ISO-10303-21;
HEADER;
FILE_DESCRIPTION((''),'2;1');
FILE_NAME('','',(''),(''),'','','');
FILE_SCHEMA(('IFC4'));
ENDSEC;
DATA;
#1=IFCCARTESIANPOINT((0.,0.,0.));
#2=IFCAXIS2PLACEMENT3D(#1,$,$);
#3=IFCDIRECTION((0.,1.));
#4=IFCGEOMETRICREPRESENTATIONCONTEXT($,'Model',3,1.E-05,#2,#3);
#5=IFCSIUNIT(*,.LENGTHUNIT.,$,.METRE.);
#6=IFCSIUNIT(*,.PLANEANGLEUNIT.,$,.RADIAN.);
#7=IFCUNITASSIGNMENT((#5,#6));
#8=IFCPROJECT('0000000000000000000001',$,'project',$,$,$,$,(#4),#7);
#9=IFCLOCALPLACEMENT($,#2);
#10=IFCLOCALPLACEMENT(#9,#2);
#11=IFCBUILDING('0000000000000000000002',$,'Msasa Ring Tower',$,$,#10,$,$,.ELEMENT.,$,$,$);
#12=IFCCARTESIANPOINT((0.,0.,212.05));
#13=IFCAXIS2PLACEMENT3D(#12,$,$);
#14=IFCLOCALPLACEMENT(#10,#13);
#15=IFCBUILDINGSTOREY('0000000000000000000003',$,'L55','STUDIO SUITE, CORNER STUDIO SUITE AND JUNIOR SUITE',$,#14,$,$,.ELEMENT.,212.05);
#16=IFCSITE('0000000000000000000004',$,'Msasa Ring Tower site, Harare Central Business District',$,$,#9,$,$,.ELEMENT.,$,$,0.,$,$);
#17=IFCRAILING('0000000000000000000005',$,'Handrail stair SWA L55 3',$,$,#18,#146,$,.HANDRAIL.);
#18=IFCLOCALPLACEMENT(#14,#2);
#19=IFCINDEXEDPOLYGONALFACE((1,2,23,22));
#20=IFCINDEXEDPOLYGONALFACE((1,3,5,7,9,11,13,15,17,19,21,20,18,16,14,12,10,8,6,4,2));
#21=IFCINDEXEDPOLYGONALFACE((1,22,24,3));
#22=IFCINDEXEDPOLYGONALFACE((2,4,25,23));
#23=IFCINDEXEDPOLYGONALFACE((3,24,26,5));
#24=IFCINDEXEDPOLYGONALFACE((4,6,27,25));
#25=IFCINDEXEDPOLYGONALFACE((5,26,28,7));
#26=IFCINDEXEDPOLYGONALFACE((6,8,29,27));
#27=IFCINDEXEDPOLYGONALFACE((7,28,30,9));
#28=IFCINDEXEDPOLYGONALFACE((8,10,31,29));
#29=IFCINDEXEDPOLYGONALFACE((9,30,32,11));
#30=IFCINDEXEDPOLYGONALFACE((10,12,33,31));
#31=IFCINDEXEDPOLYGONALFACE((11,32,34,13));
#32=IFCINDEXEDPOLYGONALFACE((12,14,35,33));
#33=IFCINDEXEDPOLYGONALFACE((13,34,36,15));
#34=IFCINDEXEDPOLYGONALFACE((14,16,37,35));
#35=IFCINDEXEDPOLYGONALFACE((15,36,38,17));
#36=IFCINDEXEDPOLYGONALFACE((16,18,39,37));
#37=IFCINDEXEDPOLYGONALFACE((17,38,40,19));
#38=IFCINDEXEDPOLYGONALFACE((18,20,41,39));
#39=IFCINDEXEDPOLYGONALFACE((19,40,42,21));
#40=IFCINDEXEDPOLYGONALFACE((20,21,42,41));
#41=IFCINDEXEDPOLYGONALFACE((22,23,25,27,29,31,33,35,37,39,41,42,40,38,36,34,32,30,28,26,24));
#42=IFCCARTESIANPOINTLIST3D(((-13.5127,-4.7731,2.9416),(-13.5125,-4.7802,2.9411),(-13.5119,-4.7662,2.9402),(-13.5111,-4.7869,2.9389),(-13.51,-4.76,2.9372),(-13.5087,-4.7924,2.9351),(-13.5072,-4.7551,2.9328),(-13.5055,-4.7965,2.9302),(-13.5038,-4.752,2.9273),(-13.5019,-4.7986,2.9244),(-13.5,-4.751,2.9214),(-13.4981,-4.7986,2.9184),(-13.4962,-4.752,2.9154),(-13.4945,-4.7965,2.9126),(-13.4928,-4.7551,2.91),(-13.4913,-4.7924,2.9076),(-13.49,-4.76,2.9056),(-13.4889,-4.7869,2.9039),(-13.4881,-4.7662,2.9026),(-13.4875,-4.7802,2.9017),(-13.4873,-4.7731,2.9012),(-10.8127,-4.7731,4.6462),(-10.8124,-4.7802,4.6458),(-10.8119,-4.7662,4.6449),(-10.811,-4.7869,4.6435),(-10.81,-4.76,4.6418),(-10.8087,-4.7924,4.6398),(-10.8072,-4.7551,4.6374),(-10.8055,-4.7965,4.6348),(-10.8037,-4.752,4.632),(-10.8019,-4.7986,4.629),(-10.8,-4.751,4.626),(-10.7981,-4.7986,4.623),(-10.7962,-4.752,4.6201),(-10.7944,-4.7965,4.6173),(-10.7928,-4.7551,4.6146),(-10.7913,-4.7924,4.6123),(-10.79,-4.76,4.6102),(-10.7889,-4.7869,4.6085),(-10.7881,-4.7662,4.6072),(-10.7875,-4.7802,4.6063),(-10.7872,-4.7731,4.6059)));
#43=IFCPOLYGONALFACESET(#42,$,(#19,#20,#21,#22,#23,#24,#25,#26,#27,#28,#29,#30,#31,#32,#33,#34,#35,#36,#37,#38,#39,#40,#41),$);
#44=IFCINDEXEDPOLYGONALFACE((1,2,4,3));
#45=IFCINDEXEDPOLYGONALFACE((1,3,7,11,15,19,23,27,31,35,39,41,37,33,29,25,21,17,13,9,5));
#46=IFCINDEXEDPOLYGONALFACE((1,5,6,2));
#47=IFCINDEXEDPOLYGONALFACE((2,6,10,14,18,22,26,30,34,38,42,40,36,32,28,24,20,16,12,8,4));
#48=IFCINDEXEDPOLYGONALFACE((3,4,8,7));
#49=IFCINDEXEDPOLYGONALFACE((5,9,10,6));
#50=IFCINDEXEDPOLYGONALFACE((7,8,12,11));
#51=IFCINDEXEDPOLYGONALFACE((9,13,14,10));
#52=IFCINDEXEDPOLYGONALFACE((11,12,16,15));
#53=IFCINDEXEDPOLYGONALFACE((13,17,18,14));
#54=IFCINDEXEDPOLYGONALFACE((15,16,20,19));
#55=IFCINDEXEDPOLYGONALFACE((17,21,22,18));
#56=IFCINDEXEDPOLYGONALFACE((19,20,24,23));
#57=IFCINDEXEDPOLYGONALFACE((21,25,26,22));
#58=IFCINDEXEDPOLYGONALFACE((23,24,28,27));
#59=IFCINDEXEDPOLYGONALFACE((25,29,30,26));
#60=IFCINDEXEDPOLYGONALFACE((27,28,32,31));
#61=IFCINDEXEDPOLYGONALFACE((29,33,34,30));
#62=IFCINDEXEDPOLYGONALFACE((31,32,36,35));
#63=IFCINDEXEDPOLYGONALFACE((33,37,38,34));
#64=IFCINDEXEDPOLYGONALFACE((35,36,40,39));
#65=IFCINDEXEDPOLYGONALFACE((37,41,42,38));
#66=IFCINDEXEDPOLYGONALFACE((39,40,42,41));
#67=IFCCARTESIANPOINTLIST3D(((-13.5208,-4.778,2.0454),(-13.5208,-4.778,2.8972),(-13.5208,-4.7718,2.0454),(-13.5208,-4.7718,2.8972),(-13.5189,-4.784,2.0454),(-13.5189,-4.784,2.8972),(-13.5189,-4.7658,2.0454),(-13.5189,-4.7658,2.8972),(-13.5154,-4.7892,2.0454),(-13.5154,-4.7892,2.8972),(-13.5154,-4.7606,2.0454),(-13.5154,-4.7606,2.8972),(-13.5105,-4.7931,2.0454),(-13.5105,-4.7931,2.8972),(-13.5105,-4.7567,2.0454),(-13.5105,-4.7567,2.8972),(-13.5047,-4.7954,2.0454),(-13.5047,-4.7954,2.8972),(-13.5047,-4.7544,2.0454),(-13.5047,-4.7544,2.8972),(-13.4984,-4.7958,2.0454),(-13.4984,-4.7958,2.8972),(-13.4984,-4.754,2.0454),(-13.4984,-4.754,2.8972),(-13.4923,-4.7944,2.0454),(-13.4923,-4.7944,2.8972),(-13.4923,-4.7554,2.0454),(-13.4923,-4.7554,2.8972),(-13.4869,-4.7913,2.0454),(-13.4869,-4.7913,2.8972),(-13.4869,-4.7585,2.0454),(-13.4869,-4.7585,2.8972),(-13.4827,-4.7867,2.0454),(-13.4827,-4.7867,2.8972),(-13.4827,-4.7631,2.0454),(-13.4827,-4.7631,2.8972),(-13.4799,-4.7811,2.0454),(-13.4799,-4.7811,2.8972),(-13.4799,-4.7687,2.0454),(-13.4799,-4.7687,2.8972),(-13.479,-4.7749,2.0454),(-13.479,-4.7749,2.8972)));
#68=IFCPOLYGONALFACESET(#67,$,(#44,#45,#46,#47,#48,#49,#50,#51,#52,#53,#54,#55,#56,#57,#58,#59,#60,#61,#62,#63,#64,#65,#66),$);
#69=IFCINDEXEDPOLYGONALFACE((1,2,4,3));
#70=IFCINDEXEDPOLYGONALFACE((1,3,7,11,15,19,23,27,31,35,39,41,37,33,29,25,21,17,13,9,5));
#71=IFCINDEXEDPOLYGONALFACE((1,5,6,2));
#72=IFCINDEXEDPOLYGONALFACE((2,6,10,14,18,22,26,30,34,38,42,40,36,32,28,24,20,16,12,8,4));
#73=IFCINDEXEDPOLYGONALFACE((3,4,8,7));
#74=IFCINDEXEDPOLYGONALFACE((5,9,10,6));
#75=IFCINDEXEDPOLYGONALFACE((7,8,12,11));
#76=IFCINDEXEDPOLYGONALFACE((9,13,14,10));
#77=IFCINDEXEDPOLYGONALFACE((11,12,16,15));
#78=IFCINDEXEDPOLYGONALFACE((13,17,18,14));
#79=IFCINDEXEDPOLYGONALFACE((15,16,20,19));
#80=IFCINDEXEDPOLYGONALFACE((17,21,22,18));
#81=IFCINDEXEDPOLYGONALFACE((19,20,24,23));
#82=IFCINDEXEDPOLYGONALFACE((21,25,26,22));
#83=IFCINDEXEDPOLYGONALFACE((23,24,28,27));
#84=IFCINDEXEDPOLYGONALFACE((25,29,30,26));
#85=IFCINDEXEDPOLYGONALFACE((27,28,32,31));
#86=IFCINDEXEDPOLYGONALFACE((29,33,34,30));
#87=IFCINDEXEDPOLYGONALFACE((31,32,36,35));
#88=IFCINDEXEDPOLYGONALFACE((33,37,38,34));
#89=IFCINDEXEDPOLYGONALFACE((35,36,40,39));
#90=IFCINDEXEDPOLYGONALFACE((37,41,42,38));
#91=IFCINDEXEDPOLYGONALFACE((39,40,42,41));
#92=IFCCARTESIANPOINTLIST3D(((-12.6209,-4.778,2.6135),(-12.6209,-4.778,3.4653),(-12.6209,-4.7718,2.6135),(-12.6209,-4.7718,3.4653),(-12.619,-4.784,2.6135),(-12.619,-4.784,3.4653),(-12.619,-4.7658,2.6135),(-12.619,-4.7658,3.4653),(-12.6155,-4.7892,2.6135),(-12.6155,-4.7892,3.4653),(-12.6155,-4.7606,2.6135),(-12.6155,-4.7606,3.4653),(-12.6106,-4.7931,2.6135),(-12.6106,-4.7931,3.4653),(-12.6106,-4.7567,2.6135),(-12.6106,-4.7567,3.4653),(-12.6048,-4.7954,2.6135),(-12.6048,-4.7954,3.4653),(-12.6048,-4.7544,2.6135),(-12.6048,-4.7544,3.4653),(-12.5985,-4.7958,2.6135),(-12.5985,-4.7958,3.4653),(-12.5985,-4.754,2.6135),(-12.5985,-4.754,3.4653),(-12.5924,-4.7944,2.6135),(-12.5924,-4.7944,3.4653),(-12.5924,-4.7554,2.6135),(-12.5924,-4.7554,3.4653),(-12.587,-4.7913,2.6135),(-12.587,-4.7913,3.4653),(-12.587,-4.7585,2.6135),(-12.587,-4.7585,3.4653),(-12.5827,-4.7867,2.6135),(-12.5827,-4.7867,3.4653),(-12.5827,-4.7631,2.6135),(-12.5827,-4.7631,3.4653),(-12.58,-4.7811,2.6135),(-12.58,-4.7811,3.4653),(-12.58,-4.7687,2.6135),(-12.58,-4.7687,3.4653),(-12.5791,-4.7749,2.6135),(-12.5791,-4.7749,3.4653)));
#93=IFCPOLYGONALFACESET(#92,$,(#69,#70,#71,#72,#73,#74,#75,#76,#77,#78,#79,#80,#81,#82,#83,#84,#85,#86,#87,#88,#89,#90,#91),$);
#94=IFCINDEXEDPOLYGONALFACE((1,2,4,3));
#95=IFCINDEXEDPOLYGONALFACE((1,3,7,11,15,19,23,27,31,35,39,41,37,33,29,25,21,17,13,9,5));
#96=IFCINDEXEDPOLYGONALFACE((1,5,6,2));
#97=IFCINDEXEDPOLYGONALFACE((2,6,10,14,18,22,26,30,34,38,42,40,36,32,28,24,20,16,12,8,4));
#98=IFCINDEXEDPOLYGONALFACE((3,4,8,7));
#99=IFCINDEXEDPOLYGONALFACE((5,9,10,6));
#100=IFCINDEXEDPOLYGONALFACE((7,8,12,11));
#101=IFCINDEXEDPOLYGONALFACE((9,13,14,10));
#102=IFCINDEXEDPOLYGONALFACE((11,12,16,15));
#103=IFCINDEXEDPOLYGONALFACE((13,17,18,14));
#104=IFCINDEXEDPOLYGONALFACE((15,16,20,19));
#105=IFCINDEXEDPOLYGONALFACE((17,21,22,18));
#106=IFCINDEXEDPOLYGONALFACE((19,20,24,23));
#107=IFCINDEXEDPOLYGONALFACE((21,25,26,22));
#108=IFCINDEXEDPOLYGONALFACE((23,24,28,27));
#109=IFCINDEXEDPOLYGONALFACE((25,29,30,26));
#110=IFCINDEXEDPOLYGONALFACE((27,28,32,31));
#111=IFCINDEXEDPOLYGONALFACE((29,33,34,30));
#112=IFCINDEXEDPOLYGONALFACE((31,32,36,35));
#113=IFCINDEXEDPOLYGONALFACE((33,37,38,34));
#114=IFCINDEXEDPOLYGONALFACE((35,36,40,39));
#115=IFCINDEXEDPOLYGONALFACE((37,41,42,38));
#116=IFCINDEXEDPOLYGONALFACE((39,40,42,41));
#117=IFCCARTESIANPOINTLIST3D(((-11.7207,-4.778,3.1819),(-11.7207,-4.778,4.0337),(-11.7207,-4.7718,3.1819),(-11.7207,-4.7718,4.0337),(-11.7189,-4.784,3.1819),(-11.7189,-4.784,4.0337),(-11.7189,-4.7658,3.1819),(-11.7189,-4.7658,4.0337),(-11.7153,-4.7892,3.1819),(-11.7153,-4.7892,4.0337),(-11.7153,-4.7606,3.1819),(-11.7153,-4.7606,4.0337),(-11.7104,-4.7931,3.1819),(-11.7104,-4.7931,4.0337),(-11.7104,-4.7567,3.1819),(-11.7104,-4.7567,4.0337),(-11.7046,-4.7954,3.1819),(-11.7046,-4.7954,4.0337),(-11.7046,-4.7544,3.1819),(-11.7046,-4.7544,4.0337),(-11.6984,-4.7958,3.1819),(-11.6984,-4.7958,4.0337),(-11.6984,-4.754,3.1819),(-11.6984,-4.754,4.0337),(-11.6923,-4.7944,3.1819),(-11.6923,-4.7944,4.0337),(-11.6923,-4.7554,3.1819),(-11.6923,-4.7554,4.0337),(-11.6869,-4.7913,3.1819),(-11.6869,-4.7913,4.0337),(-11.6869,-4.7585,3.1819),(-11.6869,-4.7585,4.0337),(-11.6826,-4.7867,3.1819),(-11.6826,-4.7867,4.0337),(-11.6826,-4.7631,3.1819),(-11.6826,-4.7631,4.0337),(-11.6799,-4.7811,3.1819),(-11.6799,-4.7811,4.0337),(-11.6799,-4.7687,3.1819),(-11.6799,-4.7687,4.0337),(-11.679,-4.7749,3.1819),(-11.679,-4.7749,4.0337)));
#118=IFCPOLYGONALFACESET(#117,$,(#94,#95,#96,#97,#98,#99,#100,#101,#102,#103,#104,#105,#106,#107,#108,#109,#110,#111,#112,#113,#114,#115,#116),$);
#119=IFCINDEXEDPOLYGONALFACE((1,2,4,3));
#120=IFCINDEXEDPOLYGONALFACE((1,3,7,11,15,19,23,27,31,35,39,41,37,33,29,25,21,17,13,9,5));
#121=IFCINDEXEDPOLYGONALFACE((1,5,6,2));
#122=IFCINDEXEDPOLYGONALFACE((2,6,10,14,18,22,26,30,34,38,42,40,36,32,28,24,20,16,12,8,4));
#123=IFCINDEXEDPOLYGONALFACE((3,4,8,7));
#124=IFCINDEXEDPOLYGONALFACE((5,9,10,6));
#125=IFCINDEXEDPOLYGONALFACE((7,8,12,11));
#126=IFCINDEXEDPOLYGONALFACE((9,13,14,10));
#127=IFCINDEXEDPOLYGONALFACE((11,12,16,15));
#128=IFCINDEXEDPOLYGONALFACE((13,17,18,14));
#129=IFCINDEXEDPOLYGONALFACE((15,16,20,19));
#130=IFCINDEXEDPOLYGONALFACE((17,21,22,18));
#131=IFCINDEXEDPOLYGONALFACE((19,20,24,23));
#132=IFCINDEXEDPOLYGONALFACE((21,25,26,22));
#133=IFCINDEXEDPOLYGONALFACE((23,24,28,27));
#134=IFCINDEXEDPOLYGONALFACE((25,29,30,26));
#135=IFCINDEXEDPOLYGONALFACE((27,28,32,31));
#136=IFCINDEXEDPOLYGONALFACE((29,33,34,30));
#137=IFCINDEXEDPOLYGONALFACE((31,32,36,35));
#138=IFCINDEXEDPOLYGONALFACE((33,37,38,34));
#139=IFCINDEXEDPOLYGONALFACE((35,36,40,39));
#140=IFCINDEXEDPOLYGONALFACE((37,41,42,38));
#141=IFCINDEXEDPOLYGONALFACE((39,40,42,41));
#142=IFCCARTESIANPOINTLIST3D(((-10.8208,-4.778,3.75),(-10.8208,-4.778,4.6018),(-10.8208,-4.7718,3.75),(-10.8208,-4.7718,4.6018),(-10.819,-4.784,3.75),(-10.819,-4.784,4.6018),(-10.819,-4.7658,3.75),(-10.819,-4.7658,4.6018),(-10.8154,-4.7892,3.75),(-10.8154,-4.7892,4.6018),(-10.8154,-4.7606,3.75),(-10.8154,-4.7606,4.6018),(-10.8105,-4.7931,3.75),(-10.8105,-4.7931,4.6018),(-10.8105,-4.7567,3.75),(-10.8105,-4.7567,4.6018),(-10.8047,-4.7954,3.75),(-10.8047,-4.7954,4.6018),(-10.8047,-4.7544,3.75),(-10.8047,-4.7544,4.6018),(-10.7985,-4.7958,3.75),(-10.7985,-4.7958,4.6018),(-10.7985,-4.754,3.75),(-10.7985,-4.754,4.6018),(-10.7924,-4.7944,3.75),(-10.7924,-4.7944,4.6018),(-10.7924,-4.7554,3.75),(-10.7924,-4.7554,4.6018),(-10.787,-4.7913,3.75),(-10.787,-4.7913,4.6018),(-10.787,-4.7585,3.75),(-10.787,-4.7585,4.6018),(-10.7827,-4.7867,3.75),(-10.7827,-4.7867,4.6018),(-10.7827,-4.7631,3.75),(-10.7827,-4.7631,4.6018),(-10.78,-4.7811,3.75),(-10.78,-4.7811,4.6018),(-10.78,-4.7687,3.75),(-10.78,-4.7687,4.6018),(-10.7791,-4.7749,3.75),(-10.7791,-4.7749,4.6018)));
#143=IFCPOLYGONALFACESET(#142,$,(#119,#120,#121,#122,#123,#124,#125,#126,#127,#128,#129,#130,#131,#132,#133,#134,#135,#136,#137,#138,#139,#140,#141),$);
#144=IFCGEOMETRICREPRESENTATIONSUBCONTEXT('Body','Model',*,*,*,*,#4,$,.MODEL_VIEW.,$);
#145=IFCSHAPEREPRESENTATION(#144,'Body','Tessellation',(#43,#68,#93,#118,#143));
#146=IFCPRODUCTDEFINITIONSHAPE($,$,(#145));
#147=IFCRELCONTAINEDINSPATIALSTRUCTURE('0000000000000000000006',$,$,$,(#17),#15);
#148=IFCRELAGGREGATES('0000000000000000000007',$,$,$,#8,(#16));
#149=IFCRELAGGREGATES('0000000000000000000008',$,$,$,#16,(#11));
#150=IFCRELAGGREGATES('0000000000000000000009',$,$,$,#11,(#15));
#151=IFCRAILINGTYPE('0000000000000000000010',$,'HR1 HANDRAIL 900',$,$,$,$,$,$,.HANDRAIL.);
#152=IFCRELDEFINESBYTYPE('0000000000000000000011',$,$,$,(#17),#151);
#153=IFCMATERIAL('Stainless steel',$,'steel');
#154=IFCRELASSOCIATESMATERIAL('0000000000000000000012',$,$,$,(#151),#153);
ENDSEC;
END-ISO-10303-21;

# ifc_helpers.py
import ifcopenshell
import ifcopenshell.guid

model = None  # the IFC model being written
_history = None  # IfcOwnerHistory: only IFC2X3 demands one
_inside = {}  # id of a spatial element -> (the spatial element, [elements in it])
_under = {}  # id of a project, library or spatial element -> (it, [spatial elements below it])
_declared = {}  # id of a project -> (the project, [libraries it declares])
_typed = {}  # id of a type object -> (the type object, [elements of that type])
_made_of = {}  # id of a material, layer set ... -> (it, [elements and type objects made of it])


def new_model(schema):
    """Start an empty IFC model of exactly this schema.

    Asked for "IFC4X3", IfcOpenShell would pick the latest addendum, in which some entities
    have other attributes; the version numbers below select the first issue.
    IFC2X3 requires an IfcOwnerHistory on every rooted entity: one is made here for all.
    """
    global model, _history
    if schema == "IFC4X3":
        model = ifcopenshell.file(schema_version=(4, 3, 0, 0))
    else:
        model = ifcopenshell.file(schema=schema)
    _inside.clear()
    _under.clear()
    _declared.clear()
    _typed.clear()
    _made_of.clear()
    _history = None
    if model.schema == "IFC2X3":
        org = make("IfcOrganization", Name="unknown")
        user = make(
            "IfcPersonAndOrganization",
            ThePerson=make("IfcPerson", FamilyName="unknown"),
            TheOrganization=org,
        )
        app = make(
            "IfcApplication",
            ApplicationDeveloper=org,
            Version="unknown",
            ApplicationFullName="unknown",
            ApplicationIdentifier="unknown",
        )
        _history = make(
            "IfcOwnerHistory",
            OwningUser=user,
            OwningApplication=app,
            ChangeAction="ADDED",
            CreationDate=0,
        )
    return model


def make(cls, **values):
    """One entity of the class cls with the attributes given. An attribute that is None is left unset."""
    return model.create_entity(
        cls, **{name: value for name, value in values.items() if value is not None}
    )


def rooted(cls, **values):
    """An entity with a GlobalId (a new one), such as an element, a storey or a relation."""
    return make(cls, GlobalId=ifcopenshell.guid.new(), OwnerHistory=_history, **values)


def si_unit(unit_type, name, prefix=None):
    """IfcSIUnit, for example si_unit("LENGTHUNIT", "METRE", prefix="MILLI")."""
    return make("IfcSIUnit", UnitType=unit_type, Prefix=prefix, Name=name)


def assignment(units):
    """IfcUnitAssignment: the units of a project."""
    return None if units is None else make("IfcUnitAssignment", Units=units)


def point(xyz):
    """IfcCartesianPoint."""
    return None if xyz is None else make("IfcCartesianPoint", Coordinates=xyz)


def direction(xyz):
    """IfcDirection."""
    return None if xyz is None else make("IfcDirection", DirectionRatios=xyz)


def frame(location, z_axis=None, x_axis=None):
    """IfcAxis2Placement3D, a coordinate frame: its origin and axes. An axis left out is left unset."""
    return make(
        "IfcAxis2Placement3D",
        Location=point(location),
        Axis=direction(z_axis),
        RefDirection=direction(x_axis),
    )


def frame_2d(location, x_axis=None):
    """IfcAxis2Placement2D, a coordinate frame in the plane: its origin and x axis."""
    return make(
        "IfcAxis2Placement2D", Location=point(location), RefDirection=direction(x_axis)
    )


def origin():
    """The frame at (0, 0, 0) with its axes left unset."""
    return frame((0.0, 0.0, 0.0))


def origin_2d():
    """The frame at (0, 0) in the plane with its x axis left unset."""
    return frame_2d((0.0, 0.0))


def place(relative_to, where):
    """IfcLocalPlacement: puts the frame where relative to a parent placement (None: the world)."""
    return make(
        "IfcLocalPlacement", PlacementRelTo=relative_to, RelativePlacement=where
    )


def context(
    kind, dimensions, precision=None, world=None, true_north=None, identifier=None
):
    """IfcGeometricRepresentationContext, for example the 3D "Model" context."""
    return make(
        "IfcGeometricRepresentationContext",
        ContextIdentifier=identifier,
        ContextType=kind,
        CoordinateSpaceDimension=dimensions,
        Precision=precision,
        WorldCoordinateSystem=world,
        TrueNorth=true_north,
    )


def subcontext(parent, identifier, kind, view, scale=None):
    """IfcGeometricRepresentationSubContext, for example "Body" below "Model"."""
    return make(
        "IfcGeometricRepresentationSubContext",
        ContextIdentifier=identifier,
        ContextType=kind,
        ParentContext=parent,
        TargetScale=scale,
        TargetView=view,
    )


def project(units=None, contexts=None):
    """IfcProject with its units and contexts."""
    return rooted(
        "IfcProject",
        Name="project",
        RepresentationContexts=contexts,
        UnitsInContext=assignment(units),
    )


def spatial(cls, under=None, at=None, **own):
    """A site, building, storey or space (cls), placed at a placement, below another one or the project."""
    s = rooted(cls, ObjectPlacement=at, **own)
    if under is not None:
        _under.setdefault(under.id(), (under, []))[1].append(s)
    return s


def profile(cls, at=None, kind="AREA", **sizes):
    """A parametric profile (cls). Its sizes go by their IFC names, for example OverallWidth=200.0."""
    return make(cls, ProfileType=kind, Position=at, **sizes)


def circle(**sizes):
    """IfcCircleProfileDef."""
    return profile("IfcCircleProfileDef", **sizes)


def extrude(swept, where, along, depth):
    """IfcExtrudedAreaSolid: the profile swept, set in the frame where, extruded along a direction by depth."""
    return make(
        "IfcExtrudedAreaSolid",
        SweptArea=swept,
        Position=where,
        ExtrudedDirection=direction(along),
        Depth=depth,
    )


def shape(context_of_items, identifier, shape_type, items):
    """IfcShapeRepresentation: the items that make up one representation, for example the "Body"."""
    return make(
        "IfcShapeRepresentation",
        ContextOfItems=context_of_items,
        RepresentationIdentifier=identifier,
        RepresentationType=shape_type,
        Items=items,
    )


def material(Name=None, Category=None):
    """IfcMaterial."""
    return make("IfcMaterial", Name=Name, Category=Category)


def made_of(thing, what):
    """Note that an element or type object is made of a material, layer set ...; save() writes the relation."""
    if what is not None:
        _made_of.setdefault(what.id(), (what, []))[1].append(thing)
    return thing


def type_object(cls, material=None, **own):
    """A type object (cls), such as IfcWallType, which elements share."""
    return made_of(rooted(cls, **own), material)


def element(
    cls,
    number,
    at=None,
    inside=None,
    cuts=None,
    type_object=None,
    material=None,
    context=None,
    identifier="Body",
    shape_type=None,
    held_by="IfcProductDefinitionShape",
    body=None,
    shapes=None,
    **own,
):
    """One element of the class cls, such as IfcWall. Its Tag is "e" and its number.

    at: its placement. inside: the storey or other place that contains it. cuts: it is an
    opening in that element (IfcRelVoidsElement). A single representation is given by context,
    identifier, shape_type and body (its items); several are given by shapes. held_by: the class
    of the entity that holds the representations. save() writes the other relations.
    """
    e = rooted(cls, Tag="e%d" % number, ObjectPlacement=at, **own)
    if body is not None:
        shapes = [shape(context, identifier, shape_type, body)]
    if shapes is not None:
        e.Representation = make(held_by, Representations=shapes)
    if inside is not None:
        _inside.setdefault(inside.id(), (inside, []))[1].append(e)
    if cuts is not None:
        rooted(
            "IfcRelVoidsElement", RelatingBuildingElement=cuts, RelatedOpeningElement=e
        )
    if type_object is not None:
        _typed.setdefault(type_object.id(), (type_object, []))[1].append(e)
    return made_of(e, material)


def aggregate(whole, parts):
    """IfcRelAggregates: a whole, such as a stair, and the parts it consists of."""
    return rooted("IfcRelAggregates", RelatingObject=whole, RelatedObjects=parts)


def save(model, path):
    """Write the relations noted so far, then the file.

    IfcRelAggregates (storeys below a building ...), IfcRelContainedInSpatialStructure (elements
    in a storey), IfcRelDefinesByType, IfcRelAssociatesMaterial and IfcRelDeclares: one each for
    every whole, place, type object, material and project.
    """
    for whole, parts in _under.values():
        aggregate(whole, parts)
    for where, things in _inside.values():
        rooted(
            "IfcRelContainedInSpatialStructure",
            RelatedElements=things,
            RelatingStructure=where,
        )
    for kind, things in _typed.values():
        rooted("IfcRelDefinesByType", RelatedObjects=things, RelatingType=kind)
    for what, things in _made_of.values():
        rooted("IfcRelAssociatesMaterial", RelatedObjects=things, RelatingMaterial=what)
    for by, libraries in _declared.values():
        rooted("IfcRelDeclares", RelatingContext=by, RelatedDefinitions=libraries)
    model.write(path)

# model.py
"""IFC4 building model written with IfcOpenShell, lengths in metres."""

from ifc_helpers import new_model, si_unit, direction, frame, origin, origin_2d, place, context, subcontext, project, spatial, circle, extrude, material, type_object, element, save


model = new_model("IFC4")

# Units and contexts
model_context = context("Model", 3, precision=1e-05, world=origin(), true_north=direction((0.0, 1.0)))
body_context = subcontext(model_context, "Body", "Model", "MODEL_VIEW")
ifc_project = project(units=[si_unit("LENGTHUNIT", "METRE"), si_unit("PLANEANGLEUNIT", "RADIAN")], contexts=[model_context])

# Site, building, storey
site_placement = place(None, origin())
site = spatial("IfcSite", under=ifc_project, at=site_placement, Name="Msasa Ring Tower site, Harare Central Business District", CompositionType="ELEMENT", RefElevation=0.0)
building_placement = place(site_placement, origin())
building = spatial("IfcBuilding", under=site, at=building_placement, Name="Msasa Ring Tower", CompositionType="ELEMENT")
storey_placement = place(building_placement, frame((0.0, 0.0, 212.05)))
storey = spatial("IfcBuildingStorey", under=building, at=storey_placement, Name="L55", Description="STUDIO SUITE, CORNER STUDIO SUITE AND JUNIOR SUITE", CompositionType="ELEMENT", Elevation=212.05)

# Railing
ifc_material_1 = material(Name="Stainless steel", Category="steel")
railing_type = type_object("IfcRailingType", Name="HR1 HANDRAIL 900", PredefinedType="HANDRAIL", material=ifc_material_1)
for number, where, name in (
    (1, (-13.5, -4.7749, 2.0454), "Handrail stair SWA L55 3"),
):
    element("IfcRailing", number, at=place(storey_placement, frame(where)), inside=storey, type_object=railing_type, Name=name, PredefinedType="HANDRAIL", context=body_context, shape_type="SweptSolid", body=[
        extrude(circle(Radius=0.0239, at=origin_2d()), frame((0.0, 0.0, 0.876), z_axis=(0.84558, 0.0, 0.533849), x_axis=(0.0, 1.0, 0.0)), (0.0, 0.0, 1.0), 3.1931),
        extrude(circle(Radius=0.021, at=origin_2d()), origin(), (0.0, 0.0, 1.0), 0.8518),
        extrude(circle(Radius=0.021, at=origin_2d()), frame((0.8999, 0.0, 0.5681)), (0.0, 0.0, 1.0), 0.8518),
        extrude(circle(Radius=0.021, at=origin_2d()), frame((1.8, 0.0, 1.1365)), (0.0, 0.0, 1.0), 0.8518),
        extrude(circle(Radius=0.021, at=origin_2d()), frame((2.7, 0.0, 1.7046)), (0.0, 0.0, 1.0), 0.8518),
    ])

save(model, "model.ifc")
